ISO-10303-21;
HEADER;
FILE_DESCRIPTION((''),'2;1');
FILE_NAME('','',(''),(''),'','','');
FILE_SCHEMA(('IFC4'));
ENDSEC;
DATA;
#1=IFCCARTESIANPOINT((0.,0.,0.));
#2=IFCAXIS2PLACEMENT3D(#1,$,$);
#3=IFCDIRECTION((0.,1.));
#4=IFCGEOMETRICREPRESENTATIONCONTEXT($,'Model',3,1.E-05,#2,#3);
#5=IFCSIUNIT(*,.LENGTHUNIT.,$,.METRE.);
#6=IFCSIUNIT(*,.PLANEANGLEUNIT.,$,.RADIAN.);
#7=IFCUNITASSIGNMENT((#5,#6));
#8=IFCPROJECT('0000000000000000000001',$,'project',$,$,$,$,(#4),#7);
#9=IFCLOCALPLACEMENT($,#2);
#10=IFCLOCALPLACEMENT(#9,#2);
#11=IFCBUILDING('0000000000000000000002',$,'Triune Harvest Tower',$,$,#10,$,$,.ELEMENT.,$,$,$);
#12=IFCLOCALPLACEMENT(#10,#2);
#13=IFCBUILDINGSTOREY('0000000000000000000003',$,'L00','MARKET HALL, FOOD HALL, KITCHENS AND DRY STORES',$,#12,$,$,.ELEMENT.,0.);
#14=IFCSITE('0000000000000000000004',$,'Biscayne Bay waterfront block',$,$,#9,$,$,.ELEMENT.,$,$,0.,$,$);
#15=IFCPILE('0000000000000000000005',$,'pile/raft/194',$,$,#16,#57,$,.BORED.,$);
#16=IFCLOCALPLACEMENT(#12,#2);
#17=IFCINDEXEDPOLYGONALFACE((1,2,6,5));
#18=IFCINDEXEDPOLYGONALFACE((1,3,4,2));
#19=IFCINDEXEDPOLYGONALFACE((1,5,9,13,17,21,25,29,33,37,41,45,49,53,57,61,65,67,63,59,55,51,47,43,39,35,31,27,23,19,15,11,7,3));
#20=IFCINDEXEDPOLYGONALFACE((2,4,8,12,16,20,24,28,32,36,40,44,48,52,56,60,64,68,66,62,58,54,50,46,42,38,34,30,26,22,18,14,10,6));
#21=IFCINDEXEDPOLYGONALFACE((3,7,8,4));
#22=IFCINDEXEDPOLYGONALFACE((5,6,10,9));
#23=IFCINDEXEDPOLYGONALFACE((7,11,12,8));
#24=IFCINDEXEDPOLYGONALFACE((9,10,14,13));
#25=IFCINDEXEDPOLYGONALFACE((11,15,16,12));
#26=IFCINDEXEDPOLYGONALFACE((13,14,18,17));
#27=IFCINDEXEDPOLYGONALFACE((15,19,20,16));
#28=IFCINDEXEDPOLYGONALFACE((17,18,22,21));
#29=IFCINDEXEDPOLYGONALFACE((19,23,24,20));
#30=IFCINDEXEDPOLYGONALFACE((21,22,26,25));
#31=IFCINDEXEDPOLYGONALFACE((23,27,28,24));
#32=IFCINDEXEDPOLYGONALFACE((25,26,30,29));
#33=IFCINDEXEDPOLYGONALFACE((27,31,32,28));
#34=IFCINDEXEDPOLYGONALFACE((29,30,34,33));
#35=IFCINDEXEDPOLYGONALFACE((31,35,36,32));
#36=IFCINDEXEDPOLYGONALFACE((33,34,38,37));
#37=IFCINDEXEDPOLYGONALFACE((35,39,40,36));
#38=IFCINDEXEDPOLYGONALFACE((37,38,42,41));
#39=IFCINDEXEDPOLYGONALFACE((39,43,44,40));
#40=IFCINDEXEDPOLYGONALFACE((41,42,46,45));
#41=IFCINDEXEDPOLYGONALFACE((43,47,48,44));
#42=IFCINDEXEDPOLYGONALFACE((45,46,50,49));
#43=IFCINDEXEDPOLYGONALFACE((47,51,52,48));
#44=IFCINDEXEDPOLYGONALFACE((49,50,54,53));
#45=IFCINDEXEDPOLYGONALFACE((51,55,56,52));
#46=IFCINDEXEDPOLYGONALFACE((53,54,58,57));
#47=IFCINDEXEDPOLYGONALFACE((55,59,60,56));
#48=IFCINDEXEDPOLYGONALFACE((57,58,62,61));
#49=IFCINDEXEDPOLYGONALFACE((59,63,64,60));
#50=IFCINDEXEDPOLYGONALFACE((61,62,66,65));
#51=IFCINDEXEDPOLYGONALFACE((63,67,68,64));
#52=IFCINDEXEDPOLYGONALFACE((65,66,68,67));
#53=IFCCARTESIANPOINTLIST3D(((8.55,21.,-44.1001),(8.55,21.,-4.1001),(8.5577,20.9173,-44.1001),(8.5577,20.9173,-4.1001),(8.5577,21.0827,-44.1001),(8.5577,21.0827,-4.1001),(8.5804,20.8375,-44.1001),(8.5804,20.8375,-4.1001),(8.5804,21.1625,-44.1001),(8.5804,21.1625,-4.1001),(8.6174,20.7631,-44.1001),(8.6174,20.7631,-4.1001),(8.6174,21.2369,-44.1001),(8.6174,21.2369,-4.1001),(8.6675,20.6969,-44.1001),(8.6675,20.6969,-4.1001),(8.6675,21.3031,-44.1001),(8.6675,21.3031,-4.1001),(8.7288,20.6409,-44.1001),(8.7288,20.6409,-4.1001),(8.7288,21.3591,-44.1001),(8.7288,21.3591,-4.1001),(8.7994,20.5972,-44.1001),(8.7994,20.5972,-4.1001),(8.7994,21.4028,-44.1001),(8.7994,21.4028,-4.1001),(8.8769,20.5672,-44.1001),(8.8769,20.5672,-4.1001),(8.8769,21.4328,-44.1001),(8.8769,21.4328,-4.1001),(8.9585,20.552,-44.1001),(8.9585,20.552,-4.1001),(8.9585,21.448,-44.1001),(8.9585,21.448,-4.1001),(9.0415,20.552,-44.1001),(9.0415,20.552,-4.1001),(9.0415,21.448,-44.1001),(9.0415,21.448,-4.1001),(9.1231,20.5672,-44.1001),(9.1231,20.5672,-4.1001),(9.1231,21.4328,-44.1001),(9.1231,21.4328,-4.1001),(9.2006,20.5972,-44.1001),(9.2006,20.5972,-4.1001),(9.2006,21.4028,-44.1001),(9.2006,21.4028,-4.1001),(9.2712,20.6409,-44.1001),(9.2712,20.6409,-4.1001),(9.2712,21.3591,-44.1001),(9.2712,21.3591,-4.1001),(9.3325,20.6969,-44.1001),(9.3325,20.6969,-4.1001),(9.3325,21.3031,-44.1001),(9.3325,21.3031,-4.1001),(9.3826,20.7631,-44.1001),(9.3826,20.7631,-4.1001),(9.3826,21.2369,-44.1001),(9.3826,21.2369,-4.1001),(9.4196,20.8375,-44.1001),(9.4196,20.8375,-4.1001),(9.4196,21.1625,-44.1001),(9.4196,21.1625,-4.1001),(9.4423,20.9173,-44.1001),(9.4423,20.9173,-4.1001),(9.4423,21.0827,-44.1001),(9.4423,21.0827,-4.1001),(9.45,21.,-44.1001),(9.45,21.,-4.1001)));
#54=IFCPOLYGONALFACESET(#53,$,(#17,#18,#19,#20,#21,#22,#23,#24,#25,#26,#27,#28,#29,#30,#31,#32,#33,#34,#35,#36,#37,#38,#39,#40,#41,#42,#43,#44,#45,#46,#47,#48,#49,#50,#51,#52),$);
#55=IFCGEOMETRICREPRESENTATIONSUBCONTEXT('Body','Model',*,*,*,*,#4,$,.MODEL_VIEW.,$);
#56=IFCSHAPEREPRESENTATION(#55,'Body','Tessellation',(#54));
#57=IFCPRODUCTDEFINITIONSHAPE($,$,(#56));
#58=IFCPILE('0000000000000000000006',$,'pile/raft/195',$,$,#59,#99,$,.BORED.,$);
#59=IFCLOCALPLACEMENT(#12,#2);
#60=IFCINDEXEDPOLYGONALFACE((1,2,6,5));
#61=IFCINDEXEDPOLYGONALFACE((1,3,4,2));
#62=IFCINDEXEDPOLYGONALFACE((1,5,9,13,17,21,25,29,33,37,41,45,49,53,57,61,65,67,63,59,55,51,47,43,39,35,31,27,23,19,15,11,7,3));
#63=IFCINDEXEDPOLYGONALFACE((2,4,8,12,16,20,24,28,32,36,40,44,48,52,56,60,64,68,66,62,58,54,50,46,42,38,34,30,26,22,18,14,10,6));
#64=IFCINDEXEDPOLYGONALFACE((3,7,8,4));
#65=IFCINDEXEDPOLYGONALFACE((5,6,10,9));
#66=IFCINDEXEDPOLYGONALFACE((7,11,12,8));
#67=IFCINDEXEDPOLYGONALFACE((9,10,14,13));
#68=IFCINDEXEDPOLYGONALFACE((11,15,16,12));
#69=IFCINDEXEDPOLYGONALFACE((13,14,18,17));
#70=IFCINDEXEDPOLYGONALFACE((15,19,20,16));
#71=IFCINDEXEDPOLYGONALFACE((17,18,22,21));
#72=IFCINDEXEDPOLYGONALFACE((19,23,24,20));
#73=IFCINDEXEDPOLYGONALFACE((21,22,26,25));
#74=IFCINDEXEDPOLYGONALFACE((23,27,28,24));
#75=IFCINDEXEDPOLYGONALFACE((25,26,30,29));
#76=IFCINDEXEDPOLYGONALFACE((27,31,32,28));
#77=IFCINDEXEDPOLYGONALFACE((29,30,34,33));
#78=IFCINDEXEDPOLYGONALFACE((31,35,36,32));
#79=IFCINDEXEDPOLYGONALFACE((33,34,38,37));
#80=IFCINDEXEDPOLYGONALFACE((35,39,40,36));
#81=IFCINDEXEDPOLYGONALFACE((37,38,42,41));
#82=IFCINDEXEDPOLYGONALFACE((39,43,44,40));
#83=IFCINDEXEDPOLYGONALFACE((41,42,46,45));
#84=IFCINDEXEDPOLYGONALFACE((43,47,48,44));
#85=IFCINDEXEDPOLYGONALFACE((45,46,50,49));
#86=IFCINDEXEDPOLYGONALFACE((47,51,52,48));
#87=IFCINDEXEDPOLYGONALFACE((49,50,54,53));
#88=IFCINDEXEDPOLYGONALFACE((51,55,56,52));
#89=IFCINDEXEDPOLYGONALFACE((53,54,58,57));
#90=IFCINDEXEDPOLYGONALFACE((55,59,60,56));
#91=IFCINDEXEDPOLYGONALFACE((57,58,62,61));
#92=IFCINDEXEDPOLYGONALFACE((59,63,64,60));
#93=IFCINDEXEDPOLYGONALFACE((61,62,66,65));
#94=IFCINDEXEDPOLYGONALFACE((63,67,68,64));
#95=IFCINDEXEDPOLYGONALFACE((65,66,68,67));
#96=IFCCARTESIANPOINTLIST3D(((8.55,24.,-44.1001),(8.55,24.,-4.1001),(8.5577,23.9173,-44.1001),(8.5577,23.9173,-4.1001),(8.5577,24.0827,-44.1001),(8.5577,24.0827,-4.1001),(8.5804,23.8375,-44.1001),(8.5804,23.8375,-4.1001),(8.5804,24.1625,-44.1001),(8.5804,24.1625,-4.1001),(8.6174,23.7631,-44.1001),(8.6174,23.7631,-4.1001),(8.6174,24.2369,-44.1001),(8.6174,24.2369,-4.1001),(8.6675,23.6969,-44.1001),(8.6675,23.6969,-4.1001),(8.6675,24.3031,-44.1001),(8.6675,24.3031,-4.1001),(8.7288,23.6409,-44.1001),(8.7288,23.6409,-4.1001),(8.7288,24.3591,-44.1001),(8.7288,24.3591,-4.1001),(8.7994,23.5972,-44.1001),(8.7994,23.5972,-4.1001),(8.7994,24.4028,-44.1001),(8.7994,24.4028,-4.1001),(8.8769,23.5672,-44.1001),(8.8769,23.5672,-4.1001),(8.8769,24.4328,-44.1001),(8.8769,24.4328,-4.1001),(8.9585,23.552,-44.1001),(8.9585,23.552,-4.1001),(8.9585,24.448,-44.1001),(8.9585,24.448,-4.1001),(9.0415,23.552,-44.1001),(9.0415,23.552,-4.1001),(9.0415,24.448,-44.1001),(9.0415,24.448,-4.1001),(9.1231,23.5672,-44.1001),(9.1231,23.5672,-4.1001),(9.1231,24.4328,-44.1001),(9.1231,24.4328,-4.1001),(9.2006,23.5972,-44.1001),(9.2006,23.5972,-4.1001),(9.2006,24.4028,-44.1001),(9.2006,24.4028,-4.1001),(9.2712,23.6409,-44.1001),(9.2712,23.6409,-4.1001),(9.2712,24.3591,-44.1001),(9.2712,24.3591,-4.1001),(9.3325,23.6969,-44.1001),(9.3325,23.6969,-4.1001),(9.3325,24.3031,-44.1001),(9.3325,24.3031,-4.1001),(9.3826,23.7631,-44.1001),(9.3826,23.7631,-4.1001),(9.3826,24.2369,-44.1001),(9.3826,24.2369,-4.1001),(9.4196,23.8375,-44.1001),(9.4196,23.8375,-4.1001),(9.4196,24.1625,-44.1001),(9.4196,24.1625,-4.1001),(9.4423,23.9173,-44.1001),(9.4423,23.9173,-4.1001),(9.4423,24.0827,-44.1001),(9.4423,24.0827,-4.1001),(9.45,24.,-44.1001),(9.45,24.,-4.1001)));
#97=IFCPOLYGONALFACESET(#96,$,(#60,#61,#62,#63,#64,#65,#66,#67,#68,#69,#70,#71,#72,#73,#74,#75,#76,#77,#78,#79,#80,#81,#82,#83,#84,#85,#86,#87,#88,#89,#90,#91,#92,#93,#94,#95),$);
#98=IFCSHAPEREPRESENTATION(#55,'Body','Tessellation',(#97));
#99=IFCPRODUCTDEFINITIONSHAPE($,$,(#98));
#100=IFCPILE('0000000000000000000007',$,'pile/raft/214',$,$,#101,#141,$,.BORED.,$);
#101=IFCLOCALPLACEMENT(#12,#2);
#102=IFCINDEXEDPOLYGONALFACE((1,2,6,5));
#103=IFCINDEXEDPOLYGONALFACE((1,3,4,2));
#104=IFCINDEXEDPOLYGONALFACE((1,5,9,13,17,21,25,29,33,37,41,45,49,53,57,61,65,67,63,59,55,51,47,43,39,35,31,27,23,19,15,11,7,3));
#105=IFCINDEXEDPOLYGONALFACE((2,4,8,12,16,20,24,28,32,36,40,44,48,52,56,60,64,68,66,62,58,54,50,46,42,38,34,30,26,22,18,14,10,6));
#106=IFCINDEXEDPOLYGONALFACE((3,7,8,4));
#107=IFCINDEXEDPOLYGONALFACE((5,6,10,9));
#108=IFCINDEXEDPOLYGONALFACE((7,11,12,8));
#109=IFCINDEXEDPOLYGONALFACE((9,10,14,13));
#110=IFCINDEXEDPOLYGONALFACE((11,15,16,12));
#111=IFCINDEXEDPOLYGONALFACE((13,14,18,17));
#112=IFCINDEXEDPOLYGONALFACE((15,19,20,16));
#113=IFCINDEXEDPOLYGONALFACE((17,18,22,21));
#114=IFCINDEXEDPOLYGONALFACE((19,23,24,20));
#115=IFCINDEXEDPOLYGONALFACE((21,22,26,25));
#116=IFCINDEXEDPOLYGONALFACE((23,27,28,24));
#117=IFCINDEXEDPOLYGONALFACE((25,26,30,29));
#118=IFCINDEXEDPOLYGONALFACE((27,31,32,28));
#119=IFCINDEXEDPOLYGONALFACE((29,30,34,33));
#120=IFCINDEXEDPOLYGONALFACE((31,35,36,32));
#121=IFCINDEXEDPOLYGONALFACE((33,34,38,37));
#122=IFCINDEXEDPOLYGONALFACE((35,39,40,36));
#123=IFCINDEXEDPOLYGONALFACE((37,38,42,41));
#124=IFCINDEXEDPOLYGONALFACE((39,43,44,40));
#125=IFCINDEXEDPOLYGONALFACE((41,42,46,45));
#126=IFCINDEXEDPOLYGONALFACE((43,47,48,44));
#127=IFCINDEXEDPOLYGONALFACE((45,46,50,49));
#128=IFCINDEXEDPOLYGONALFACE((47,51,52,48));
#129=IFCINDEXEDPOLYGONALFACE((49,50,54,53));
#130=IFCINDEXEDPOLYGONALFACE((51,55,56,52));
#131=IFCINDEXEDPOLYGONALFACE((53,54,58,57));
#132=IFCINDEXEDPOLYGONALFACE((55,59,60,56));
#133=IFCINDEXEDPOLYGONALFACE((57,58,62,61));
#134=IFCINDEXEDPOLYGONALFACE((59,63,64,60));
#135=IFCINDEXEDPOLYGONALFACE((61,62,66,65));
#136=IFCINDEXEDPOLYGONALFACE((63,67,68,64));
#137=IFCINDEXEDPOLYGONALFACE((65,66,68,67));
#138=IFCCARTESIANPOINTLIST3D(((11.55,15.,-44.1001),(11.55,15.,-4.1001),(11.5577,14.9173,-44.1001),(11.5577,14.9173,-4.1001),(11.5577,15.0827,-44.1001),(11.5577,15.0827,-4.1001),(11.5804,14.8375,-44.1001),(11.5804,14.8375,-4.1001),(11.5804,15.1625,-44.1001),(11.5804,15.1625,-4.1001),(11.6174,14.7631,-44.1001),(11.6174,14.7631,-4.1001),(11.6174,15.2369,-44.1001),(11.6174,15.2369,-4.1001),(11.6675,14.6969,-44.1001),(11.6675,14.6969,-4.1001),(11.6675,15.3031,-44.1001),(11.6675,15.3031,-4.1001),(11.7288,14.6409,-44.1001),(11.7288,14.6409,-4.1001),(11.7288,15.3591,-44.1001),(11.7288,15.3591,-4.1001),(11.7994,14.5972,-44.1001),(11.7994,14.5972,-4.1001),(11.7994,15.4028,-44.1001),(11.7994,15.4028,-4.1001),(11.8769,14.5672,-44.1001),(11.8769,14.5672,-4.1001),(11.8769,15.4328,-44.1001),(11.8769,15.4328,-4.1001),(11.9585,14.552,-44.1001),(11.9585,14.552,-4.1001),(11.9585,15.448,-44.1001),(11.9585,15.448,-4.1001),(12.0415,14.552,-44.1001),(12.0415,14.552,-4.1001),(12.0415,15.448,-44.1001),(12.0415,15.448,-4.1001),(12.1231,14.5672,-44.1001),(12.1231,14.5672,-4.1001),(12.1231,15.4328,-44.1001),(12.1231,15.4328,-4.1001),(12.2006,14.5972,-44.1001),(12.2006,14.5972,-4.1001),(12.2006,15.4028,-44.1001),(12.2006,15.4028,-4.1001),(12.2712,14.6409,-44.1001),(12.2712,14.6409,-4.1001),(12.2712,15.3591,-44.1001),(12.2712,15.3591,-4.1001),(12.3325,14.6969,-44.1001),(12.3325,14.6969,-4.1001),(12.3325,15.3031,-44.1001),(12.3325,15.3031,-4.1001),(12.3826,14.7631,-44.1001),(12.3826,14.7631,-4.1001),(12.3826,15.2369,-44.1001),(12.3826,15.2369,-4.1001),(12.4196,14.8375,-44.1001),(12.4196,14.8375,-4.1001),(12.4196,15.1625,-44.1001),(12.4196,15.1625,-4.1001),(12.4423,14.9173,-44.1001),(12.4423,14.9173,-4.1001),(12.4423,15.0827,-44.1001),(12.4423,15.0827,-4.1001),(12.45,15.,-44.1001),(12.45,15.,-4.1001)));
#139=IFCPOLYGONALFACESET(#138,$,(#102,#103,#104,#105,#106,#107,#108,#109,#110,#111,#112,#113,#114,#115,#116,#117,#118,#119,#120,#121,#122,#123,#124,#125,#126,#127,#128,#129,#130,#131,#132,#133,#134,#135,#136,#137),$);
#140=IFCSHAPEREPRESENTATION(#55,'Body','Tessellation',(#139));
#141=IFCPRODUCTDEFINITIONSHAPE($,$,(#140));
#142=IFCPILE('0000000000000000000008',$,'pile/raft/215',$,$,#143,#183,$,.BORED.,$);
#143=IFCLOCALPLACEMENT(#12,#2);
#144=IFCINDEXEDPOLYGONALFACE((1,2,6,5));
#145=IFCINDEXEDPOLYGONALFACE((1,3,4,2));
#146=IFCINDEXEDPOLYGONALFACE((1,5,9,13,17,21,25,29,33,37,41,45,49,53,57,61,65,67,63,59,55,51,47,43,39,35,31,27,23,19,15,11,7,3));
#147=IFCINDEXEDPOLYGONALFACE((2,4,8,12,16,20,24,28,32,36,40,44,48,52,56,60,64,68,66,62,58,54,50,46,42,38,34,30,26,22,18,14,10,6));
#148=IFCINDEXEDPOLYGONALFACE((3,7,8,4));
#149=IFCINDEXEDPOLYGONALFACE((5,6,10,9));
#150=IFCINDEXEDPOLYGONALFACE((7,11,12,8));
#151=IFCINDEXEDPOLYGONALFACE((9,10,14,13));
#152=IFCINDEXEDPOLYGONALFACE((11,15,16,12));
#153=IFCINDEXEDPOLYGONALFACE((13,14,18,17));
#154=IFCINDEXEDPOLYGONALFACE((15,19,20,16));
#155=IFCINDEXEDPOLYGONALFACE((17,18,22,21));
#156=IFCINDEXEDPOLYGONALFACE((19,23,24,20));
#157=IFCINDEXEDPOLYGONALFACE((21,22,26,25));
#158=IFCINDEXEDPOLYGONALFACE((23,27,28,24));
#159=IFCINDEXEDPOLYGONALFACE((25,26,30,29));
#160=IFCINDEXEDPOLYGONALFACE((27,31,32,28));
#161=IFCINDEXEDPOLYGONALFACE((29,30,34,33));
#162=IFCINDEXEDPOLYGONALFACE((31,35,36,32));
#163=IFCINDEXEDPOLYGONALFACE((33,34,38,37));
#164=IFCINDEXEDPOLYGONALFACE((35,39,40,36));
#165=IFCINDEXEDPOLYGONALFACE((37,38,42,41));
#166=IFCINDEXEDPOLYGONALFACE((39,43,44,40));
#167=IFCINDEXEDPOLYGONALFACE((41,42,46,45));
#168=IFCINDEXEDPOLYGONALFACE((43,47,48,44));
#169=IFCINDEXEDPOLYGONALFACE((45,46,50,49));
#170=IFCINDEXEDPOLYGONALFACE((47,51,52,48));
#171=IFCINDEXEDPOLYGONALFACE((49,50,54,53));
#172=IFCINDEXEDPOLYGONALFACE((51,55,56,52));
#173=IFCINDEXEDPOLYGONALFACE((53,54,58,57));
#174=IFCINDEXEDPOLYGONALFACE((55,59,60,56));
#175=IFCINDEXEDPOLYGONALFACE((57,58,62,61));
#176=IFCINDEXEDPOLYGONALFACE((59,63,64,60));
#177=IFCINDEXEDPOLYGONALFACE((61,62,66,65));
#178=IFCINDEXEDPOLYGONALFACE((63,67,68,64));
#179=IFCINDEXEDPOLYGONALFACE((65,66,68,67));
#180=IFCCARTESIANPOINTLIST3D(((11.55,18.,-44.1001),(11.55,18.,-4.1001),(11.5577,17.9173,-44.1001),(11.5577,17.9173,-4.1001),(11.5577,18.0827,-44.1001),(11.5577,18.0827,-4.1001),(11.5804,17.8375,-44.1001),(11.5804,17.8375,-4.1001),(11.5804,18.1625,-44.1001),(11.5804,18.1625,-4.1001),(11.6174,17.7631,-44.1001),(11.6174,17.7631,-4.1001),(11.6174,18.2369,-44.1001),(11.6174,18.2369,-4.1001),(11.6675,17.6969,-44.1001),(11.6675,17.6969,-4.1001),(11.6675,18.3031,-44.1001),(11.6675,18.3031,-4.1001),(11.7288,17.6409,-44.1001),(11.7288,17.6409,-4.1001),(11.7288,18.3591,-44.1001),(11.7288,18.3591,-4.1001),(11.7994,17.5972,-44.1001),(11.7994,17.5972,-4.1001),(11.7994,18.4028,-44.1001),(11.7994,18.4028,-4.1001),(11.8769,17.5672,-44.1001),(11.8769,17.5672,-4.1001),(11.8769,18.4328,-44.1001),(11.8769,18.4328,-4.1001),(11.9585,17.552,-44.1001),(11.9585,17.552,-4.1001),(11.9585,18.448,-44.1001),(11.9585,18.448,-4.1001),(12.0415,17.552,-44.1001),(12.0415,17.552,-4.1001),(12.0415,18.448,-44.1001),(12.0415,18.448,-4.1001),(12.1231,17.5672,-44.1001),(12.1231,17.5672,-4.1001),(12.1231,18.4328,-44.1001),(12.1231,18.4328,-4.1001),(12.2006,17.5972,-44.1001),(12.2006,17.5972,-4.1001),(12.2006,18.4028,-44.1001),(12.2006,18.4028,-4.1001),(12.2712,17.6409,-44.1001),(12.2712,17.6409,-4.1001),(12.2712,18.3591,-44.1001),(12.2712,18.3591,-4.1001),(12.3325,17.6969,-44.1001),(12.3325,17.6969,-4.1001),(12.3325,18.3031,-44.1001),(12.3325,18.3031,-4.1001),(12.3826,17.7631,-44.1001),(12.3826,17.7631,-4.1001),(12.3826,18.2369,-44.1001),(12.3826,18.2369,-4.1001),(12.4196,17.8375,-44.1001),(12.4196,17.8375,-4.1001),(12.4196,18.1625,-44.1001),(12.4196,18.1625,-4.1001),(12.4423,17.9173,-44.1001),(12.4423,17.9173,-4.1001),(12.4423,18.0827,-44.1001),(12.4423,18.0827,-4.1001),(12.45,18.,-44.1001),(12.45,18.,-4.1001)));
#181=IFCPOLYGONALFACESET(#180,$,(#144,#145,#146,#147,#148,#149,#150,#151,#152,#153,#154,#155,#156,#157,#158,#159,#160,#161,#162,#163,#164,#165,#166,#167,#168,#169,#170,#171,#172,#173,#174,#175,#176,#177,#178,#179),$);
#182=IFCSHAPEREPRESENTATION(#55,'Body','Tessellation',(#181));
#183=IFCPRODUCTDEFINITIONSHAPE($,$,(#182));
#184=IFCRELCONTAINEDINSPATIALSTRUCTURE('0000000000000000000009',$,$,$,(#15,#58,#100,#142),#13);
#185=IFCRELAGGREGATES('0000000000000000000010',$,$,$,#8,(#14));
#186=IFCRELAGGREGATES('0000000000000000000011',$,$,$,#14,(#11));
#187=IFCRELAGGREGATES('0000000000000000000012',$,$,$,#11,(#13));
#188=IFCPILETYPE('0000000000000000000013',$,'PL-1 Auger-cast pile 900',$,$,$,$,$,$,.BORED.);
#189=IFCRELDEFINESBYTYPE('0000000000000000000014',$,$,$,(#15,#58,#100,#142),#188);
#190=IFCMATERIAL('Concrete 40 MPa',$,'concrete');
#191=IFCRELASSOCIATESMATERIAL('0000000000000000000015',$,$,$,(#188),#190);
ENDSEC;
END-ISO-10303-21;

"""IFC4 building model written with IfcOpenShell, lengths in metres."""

from ifc_helpers import new_model, si_unit, direction, frame, origin, origin_2d, place, context, subcontext, project, spatial, circle, extrude, source, transform, mapped, material, material_profile, profile_set, type_object, element, save


model = new_model("IFC4")

# Units and contexts
model_context = context("Model", 3, precision=1e-05, world=origin(), true_north=direction((0.0, 1.0)))
body_context = subcontext(model_context, "Body", "Model", "MODEL_VIEW")
ifc_project = project(units=[si_unit("LENGTHUNIT", "METRE"), si_unit("PLANEANGLEUNIT", "RADIAN")], contexts=[model_context])

# Site, building, storey
site_placement = place(None, origin())
site = spatial("IfcSite", under=ifc_project, at=site_placement, Name="Biscayne Bay waterfront block", CompositionType="ELEMENT", RefElevation=0.0)
building_placement = place(site_placement, origin())
building = spatial("IfcBuilding", under=site, at=building_placement, Name="Triune Harvest Tower", CompositionType="ELEMENT")
storey_placement = place(building_placement, origin())
storey = spatial("IfcBuildingStorey", under=building, at=storey_placement, Name="L00", Description="MARKET HALL, FOOD HALL, KITCHENS AND DRY STORES", CompositionType="ELEMENT", Elevation=0.0)

# Piles
ifc_material_1 = material(Name="Concrete 40 MPa", Category="concrete")
ifc_material_profile = material_profile(ifc_material_1, circle(Radius=0.45, at=origin_2d()), Name="Bored 900")
ifc_profile_set = profile_set([ifc_material_profile], Name="Concrete 40 MPa")
pile_type = type_object("IfcPileType", Name="PL-1 Auger-cast pile 900", PredefinedType="BORED", material=ifc_profile_set)
shared_shape = source(origin(), body_context, "Body", "SweptSolid", [
    extrude(circle(Radius=0.45, at=origin_2d()), origin(), (0.0, 0.0, 1.0), 40.0),
])
for number, where, z_axis, x_axis, name in (
    (1, (9.0, 21.0, -4.1001), (0.0, 0.0, -1.0), (1.0, 0.0, 0.0), "pile/raft/194"),
    (2, (9.0, 24.0, -4.1001), (0.0, 0.0, -1.0), (1.0, 0.0, 0.0), "pile/raft/195"),
    (3, (12.0, 15.0, -4.1001), (0.0, 0.0, -1.0), (1.0, 0.0, 0.0), "pile/raft/214"),
    (4, (12.0, 18.0, -4.1001), (0.0, 0.0, -1.0), (1.0, 0.0, 0.0), "pile/raft/215"),
):
    element("IfcPile", number, at=place(storey_placement, frame(where, z_axis=z_axis, x_axis=x_axis)), inside=storey, type_object=pile_type, Name=name, PredefinedType="BORED", context=body_context, shape_type="MappedRepresentation", body=[
        mapped(shared_shape, transform((0.0, 0.0, 0.0), scale=1.0)),
    ])

save(model, "model.ifc")
